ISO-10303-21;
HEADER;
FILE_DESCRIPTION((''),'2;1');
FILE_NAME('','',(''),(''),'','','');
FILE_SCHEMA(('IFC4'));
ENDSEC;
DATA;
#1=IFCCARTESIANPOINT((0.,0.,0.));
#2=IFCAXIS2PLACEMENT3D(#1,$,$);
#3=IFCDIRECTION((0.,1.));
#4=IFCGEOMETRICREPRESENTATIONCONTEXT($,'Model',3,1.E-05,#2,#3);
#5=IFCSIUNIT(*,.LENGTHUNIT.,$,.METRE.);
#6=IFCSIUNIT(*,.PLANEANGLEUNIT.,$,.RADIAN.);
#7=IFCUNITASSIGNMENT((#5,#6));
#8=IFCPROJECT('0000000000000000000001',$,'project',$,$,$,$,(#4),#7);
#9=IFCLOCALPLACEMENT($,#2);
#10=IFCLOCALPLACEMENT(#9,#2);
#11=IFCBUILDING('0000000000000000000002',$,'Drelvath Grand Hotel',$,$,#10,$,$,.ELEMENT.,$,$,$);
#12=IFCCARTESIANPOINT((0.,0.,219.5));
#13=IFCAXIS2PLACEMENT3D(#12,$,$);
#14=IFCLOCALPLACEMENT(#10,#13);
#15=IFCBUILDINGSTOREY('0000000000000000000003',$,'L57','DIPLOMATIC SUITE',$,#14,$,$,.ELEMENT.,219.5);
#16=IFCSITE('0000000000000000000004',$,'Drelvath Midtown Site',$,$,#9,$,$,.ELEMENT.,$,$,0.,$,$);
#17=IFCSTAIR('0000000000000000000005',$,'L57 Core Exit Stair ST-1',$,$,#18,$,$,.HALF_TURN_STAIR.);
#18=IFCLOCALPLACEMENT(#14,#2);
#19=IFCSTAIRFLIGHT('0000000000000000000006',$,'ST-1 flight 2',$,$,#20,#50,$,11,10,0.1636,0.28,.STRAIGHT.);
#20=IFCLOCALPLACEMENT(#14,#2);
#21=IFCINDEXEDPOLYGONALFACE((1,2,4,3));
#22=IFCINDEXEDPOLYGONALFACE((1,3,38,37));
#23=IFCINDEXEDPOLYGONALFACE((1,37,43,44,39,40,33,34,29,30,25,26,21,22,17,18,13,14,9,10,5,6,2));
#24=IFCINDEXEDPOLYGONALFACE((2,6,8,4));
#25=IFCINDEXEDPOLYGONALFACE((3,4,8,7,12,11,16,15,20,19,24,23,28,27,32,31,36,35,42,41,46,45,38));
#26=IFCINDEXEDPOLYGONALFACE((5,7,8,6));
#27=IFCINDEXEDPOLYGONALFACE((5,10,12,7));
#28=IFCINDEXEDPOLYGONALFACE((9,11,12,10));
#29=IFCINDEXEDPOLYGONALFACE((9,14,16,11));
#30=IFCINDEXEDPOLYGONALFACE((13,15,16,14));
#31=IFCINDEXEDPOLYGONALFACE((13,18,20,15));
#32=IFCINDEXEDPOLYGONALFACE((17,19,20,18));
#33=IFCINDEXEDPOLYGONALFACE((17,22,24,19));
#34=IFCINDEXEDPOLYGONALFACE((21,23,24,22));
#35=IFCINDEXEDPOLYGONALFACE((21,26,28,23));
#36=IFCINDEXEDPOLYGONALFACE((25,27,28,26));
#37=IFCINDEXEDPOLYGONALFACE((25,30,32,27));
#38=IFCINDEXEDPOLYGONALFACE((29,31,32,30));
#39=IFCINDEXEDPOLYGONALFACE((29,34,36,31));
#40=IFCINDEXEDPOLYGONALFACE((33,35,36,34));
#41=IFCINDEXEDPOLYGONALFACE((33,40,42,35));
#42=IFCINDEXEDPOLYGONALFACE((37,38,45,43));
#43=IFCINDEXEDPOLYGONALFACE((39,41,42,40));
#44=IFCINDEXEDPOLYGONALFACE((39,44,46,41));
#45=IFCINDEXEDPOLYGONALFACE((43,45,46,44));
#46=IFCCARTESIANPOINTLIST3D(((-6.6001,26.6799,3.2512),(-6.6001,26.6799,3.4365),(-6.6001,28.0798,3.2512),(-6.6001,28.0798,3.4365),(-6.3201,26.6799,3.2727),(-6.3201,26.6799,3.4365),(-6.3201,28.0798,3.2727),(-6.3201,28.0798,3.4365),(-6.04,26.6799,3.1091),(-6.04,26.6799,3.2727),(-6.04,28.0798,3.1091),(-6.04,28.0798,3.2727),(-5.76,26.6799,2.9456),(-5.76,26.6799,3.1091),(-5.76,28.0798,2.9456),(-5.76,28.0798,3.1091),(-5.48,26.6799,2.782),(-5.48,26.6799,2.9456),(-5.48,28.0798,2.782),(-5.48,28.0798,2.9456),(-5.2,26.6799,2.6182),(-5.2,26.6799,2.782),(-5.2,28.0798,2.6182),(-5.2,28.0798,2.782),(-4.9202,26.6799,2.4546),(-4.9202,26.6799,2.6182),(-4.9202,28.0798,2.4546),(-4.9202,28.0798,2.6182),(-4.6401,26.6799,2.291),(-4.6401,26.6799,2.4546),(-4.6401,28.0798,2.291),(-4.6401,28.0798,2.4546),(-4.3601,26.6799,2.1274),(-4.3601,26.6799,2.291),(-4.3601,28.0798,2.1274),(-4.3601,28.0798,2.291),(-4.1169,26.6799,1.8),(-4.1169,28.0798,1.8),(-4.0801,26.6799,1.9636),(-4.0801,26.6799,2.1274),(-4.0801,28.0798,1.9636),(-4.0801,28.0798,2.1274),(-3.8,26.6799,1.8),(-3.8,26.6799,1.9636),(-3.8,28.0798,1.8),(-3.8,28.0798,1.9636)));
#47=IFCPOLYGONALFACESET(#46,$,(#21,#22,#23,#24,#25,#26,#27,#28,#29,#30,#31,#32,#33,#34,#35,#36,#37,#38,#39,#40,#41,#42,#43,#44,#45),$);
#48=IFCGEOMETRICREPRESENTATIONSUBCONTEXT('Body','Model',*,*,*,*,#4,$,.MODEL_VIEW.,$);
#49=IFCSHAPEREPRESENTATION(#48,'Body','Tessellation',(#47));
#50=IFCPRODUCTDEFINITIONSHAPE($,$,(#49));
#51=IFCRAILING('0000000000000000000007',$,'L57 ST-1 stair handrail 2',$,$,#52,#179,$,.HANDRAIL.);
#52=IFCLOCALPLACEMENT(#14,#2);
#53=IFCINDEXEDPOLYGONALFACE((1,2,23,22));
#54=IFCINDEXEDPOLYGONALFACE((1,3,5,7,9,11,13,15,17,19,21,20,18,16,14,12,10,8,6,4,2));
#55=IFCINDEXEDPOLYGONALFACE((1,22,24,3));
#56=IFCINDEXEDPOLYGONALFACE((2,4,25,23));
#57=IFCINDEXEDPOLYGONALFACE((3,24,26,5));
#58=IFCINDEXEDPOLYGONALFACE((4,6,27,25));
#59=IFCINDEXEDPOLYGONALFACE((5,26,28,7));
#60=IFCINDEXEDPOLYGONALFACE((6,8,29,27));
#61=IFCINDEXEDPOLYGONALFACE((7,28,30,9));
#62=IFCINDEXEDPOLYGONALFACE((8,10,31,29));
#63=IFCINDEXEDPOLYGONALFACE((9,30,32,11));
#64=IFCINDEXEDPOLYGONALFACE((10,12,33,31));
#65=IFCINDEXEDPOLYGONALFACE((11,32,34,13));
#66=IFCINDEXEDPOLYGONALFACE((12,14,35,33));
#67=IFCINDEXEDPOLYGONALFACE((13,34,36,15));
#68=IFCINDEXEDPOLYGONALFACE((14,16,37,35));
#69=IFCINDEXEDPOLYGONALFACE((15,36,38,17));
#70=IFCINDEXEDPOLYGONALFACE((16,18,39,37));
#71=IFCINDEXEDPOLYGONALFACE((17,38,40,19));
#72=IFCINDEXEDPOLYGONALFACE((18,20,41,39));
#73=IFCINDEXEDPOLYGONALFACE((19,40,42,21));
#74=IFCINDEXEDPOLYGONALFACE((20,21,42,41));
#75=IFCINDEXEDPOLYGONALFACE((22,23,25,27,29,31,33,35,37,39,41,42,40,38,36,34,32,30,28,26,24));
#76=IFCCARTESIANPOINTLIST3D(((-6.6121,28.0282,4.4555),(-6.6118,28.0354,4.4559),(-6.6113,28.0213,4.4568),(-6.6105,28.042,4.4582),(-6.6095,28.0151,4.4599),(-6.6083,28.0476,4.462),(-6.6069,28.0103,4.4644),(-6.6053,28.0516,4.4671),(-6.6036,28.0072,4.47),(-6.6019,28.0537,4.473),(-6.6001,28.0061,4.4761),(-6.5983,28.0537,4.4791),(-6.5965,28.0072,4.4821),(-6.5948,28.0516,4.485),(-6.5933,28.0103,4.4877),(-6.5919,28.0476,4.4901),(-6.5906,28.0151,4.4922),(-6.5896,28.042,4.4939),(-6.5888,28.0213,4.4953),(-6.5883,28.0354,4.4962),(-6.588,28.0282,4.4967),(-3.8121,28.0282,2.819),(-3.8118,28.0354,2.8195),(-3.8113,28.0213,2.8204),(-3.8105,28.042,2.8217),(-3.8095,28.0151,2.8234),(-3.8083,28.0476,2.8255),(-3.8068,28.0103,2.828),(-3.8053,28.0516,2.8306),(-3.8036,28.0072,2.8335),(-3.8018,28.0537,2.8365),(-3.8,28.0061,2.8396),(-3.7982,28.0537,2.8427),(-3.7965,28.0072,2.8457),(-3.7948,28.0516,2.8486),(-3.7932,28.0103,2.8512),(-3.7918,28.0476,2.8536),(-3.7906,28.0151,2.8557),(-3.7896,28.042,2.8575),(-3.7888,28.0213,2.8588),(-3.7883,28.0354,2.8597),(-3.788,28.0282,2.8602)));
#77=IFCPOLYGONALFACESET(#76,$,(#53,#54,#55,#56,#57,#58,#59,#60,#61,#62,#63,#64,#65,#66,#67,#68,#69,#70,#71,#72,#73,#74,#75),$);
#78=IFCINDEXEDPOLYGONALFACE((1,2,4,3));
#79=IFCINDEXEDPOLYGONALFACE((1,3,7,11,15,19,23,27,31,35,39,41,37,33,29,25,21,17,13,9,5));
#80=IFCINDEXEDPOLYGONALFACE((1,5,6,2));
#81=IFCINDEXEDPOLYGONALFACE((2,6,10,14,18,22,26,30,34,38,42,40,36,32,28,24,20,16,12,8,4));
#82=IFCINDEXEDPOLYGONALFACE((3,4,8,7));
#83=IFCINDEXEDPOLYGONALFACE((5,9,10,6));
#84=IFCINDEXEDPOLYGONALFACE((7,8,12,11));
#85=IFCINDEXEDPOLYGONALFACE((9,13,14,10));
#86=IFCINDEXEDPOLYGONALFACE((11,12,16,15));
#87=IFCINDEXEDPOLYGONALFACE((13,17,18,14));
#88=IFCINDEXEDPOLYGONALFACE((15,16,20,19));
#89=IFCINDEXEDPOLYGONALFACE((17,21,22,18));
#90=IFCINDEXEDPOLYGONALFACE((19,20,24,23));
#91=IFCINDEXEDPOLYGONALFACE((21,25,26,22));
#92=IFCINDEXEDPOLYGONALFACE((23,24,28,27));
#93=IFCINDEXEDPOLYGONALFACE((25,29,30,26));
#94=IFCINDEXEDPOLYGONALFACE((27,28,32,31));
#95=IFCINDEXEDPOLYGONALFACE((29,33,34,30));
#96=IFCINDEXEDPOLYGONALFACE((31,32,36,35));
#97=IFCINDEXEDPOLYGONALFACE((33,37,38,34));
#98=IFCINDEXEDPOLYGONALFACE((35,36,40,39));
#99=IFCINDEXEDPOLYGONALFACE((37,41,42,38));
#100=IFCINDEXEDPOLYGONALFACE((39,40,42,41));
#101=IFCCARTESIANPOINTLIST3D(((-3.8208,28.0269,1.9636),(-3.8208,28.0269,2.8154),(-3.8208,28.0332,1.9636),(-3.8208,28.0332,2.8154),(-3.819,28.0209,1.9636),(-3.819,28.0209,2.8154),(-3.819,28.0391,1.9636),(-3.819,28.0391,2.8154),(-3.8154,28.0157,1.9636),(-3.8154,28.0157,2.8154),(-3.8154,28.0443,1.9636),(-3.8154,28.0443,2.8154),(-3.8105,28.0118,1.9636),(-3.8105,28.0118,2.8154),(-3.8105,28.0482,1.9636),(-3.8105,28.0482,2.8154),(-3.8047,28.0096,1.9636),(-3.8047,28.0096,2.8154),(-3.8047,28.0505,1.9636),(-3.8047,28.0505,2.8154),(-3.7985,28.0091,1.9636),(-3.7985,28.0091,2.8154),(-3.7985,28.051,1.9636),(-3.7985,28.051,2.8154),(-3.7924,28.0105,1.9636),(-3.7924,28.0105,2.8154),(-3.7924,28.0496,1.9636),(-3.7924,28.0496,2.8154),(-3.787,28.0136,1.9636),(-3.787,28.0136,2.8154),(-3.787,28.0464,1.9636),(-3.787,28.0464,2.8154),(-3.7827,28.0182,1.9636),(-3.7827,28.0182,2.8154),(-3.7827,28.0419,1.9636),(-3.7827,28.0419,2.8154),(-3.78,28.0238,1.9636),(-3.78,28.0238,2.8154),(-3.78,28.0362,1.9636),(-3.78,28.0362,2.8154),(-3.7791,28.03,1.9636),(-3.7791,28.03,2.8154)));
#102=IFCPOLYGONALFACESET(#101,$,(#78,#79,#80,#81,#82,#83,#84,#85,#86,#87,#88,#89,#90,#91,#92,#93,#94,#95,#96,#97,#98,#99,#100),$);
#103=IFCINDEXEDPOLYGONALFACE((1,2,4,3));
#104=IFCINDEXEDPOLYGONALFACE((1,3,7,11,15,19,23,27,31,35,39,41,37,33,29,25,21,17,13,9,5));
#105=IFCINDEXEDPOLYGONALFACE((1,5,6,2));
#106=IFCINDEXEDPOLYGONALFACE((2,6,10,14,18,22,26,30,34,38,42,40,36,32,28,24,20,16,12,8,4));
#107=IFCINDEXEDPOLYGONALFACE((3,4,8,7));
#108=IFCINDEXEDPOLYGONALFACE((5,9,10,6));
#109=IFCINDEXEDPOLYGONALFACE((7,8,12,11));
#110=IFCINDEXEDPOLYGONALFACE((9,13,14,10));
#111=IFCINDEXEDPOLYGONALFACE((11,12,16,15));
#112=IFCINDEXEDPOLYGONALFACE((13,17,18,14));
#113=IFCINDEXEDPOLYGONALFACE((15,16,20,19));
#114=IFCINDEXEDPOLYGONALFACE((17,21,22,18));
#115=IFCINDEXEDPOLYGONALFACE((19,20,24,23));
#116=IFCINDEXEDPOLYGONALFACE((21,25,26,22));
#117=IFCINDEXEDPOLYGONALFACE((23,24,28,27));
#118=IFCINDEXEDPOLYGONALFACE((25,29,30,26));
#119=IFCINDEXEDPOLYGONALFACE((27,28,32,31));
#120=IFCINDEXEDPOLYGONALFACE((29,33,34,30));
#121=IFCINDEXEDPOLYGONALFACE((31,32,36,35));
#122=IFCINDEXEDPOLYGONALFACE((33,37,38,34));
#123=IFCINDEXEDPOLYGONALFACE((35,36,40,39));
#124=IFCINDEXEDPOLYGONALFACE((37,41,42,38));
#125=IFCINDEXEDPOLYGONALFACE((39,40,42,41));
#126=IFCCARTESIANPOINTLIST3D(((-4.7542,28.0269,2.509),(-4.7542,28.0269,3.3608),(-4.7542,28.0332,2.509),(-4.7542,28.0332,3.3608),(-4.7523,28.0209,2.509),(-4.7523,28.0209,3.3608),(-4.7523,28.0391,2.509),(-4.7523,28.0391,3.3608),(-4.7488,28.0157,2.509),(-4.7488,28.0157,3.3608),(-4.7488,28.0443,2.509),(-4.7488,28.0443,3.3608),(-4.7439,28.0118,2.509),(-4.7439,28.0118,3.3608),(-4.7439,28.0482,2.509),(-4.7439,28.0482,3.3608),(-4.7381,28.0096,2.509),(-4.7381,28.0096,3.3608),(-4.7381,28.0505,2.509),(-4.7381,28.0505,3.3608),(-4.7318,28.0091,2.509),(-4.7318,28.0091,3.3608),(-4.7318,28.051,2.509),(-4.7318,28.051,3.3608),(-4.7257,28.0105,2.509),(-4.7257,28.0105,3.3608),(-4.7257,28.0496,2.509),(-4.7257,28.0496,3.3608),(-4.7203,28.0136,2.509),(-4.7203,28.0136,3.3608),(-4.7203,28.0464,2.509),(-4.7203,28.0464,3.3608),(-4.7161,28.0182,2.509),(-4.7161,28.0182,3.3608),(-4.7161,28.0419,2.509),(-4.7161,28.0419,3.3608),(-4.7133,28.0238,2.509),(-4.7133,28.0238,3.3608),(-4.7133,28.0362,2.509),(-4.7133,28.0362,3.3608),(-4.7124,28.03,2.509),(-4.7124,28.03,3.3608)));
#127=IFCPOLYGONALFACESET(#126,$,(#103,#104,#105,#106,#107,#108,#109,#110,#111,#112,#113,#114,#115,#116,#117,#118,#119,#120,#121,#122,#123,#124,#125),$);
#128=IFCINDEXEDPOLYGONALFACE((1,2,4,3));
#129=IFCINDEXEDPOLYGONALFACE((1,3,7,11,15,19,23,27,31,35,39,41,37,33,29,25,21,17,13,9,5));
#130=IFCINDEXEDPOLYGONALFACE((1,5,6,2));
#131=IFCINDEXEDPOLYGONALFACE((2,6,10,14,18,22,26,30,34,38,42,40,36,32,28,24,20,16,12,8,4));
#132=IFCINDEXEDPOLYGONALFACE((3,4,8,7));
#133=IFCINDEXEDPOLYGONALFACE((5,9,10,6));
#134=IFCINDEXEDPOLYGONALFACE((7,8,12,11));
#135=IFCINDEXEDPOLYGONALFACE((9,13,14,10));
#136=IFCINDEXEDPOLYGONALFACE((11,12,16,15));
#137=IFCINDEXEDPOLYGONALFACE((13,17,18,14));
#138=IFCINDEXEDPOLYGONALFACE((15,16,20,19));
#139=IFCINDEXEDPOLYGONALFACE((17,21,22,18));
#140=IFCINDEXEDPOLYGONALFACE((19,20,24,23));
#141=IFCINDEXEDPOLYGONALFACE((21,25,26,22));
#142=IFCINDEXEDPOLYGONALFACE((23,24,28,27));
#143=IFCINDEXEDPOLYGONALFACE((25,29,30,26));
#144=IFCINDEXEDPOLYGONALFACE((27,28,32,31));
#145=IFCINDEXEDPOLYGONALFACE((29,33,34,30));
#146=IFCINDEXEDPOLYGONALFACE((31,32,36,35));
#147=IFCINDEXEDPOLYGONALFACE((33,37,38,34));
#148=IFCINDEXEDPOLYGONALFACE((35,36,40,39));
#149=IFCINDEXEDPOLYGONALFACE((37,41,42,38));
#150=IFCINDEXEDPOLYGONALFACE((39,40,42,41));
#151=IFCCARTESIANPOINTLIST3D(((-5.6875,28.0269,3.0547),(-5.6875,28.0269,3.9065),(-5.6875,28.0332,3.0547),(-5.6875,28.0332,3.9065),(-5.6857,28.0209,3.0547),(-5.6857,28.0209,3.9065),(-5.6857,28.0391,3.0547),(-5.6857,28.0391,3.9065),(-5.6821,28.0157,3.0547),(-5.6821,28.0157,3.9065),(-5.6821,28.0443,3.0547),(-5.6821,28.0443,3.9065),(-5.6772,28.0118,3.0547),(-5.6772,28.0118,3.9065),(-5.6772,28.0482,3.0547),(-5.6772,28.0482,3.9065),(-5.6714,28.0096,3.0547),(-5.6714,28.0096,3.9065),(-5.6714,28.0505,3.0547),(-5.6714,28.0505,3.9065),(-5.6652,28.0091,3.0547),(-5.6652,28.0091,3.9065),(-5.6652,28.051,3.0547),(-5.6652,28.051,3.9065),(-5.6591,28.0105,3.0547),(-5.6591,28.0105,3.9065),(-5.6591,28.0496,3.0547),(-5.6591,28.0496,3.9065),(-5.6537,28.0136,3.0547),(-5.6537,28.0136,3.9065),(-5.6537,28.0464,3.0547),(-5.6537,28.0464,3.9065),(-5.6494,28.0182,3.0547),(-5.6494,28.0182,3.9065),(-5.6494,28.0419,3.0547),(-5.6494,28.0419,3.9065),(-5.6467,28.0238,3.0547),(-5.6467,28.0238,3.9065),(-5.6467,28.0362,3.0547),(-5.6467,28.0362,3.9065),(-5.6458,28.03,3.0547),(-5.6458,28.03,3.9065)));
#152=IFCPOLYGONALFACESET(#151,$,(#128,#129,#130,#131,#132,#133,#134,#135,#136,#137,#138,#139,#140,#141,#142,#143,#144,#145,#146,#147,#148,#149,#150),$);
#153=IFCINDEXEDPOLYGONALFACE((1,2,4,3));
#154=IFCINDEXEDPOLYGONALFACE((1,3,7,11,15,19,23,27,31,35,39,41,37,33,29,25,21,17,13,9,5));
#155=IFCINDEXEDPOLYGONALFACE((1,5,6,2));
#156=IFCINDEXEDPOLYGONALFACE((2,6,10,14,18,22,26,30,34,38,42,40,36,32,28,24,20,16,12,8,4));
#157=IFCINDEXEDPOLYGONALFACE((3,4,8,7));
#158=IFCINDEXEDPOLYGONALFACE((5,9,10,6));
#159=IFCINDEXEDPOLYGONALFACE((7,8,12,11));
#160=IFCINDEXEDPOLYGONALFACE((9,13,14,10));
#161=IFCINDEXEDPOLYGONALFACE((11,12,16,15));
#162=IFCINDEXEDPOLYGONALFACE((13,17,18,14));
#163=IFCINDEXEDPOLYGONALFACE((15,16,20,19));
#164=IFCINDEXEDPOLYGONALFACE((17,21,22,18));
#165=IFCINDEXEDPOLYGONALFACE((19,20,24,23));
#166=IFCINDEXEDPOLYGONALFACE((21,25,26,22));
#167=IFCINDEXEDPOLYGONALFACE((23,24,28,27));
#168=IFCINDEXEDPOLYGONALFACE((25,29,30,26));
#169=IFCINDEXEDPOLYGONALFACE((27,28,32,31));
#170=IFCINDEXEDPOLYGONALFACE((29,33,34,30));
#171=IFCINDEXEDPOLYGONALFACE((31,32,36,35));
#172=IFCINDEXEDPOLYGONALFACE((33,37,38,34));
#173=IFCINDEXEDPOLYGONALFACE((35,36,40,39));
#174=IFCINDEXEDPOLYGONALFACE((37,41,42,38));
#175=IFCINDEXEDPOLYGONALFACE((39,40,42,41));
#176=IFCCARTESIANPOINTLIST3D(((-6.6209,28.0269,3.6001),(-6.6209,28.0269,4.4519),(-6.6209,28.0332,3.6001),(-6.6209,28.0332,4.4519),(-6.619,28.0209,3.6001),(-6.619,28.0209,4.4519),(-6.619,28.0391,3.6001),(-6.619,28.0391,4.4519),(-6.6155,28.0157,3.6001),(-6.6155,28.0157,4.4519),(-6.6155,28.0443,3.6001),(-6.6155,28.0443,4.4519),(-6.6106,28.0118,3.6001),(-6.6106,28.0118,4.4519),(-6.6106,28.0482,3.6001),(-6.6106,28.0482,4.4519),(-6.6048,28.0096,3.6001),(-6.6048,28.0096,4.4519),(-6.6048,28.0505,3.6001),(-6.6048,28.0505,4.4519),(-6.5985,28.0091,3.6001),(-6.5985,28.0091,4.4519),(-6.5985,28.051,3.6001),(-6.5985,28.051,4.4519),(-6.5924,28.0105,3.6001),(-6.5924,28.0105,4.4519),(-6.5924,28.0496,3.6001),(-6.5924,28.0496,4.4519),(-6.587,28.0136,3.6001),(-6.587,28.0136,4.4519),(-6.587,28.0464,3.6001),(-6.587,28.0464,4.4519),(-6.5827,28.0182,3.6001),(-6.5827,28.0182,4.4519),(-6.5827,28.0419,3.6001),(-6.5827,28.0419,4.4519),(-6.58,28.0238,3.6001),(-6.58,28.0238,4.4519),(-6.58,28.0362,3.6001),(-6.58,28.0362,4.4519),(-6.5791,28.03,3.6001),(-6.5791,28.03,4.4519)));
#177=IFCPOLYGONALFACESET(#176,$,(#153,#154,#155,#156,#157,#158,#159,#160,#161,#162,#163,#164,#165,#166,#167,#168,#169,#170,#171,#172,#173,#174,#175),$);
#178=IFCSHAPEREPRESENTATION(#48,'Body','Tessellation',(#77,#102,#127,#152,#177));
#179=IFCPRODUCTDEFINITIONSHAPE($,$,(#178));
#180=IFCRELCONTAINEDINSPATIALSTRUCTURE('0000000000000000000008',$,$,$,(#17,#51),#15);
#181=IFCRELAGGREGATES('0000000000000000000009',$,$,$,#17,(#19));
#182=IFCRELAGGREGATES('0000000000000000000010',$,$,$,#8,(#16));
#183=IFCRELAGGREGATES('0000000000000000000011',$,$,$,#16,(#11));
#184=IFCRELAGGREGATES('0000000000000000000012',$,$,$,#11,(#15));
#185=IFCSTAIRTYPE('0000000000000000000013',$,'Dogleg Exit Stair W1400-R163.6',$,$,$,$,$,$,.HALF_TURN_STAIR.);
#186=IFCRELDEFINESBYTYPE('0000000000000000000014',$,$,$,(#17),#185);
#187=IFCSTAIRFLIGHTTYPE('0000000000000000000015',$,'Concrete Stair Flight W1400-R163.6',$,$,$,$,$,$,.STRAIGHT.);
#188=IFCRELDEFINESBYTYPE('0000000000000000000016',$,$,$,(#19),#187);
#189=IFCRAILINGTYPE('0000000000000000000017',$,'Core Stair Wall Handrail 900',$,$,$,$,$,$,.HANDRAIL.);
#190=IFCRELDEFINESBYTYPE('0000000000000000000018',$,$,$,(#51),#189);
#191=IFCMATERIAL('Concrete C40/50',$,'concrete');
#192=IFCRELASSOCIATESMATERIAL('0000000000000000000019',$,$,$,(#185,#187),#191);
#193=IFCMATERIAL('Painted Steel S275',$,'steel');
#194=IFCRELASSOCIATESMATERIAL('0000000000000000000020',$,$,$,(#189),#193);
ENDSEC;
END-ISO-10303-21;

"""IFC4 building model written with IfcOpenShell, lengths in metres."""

from ifc_helpers import new_model, si_unit, direction, frame, origin, origin_2d, place, context, subcontext, project, spatial, polyline, circle, outline, extrude, material, type_object, element, aggregate, save


model = new_model("IFC4")

# Units and contexts
model_context = context("Model", 3, precision=1e-05, world=origin(), true_north=direction((0.0, 1.0)))
body_context = subcontext(model_context, "Body", "Model", "MODEL_VIEW")
ifc_project = project(units=[si_unit("LENGTHUNIT", "METRE"), si_unit("PLANEANGLEUNIT", "RADIAN")], contexts=[model_context])

# Site, building, storey
site_placement = place(None, origin())
site = spatial("IfcSite", under=ifc_project, at=site_placement, Name="Drelvath Midtown Site", CompositionType="ELEMENT", RefElevation=0.0)
building_placement = place(site_placement, origin())
building = spatial("IfcBuilding", under=site, at=building_placement, Name="Drelvath Grand Hotel", CompositionType="ELEMENT")
storey_placement = place(building_placement, frame((0.0, 0.0, 219.5)))
storey = spatial("IfcBuildingStorey", under=building, at=storey_placement, Name="L57", Description="DIPLOMATIC SUITE", CompositionType="ELEMENT", Elevation=219.5)

# Shared definitions
ifc_material_1 = material(Name="Painted Steel S275", Category="steel")

# Shared definitions
ifc_material_2 = material(Name="Concrete C40/50", Category="concrete")

# Stair, stair flight
stair_type = type_object("IfcStairType", Name="Dogleg Exit Stair W1400-R163.6", PredefinedType="HALF_TURN_STAIR", material=ifc_material_2)
stair_placement = place(storey_placement, origin())
stair = element("IfcStair", 1, at=stair_placement, inside=storey, type_object=stair_type, Name="L57 Core Exit Stair ST-1", PredefinedType="HALF_TURN_STAIR")
stair_flight_type = type_object("IfcStairFlightType", Name="Concrete Stair Flight W1400-R163.6", PredefinedType="STRAIGHT", material=ifc_material_2)
stair_flight_placement = place(storey_placement, frame((-3.8, 27.3799, 1.8), z_axis=(0.0, 0.0, 1.0), x_axis=(-1.0, 0.0, 0.0)))
stair_flight = element("IfcStairFlight", 2, at=stair_flight_placement, type_object=stair_flight_type, Name="ST-1 flight 2", NumberOfRisers=11, NumberOfTreads=10, PredefinedType="STRAIGHT", RiserHeight=0.1636, TreadLength=0.28, context=body_context, shape_type="SweptSolid", body=[
    extrude(outline(polyline([(0.0, 0.0), (0.0, 0.1636), (0.28, 0.1636), (0.28, 0.3274), (0.5601, 0.3274), (0.5601, 0.491), (0.8401, 0.491), (0.8401, 0.6545), (1.1201, 0.6545), (1.1201, 0.8181), (1.3999, 0.8181), (1.3999, 0.9819), (1.6799, 0.9819), (1.6799, 1.1455), (1.96, 1.1455), (1.96, 1.3091), (2.24, 1.3091), (2.24, 1.4727), (2.52, 1.4727), (2.52, 1.6365), (2.8, 1.6365), (2.8, 1.8), (2.8, 1.4512), (0.3169, 0.0), (0.0, 0.0)])), frame((0.0, 0.7, 0.0), z_axis=(0.0, -1.0, 0.0), x_axis=(1.0, 0.0, 0.0)), (0.0, 0.0, 1.0), 1.3999),
])
aggregate(stair, [stair_flight])

# Railing
railing_type = type_object("IfcRailingType", Name="Core Stair Wall Handrail 900", PredefinedType="HANDRAIL", material=ifc_material_1)
railing_placement = place(storey_placement, frame((-3.8, 28.03, 1.9636)))
element("IfcRailing", 3, at=railing_placement, inside=storey, type_object=railing_type, Name="L57 ST-1 stair handrail 2", PredefinedType="HANDRAIL", context=body_context, shape_type="SweptSolid", body=[
    extrude(circle(Radius=0.0239, at=origin_2d()), frame((0.0, 0.0, 0.876), z_axis=(-0.863361, 0.0, 0.504587), x_axis=(0.0, -1.0, 0.0)), (0.0, 0.0, 1.0), 3.2432),
    extrude(circle(Radius=0.021, at=origin_2d()), origin(), (0.0, 0.0, 1.0), 0.8518),
    extrude(circle(Radius=0.021, at=origin_2d()), frame((-0.9333, 0.0, 0.5454)), (0.0, 0.0, 1.0), 0.8518),
    extrude(circle(Radius=0.021, at=origin_2d()), frame((-1.8667, 0.0, 1.0911)), (0.0, 0.0, 1.0), 0.8518),
    extrude(circle(Radius=0.021, at=origin_2d()), frame((-2.8, 0.0, 1.6365)), (0.0, 0.0, 1.0), 0.8518),
])

save(model, "model.ifc")
